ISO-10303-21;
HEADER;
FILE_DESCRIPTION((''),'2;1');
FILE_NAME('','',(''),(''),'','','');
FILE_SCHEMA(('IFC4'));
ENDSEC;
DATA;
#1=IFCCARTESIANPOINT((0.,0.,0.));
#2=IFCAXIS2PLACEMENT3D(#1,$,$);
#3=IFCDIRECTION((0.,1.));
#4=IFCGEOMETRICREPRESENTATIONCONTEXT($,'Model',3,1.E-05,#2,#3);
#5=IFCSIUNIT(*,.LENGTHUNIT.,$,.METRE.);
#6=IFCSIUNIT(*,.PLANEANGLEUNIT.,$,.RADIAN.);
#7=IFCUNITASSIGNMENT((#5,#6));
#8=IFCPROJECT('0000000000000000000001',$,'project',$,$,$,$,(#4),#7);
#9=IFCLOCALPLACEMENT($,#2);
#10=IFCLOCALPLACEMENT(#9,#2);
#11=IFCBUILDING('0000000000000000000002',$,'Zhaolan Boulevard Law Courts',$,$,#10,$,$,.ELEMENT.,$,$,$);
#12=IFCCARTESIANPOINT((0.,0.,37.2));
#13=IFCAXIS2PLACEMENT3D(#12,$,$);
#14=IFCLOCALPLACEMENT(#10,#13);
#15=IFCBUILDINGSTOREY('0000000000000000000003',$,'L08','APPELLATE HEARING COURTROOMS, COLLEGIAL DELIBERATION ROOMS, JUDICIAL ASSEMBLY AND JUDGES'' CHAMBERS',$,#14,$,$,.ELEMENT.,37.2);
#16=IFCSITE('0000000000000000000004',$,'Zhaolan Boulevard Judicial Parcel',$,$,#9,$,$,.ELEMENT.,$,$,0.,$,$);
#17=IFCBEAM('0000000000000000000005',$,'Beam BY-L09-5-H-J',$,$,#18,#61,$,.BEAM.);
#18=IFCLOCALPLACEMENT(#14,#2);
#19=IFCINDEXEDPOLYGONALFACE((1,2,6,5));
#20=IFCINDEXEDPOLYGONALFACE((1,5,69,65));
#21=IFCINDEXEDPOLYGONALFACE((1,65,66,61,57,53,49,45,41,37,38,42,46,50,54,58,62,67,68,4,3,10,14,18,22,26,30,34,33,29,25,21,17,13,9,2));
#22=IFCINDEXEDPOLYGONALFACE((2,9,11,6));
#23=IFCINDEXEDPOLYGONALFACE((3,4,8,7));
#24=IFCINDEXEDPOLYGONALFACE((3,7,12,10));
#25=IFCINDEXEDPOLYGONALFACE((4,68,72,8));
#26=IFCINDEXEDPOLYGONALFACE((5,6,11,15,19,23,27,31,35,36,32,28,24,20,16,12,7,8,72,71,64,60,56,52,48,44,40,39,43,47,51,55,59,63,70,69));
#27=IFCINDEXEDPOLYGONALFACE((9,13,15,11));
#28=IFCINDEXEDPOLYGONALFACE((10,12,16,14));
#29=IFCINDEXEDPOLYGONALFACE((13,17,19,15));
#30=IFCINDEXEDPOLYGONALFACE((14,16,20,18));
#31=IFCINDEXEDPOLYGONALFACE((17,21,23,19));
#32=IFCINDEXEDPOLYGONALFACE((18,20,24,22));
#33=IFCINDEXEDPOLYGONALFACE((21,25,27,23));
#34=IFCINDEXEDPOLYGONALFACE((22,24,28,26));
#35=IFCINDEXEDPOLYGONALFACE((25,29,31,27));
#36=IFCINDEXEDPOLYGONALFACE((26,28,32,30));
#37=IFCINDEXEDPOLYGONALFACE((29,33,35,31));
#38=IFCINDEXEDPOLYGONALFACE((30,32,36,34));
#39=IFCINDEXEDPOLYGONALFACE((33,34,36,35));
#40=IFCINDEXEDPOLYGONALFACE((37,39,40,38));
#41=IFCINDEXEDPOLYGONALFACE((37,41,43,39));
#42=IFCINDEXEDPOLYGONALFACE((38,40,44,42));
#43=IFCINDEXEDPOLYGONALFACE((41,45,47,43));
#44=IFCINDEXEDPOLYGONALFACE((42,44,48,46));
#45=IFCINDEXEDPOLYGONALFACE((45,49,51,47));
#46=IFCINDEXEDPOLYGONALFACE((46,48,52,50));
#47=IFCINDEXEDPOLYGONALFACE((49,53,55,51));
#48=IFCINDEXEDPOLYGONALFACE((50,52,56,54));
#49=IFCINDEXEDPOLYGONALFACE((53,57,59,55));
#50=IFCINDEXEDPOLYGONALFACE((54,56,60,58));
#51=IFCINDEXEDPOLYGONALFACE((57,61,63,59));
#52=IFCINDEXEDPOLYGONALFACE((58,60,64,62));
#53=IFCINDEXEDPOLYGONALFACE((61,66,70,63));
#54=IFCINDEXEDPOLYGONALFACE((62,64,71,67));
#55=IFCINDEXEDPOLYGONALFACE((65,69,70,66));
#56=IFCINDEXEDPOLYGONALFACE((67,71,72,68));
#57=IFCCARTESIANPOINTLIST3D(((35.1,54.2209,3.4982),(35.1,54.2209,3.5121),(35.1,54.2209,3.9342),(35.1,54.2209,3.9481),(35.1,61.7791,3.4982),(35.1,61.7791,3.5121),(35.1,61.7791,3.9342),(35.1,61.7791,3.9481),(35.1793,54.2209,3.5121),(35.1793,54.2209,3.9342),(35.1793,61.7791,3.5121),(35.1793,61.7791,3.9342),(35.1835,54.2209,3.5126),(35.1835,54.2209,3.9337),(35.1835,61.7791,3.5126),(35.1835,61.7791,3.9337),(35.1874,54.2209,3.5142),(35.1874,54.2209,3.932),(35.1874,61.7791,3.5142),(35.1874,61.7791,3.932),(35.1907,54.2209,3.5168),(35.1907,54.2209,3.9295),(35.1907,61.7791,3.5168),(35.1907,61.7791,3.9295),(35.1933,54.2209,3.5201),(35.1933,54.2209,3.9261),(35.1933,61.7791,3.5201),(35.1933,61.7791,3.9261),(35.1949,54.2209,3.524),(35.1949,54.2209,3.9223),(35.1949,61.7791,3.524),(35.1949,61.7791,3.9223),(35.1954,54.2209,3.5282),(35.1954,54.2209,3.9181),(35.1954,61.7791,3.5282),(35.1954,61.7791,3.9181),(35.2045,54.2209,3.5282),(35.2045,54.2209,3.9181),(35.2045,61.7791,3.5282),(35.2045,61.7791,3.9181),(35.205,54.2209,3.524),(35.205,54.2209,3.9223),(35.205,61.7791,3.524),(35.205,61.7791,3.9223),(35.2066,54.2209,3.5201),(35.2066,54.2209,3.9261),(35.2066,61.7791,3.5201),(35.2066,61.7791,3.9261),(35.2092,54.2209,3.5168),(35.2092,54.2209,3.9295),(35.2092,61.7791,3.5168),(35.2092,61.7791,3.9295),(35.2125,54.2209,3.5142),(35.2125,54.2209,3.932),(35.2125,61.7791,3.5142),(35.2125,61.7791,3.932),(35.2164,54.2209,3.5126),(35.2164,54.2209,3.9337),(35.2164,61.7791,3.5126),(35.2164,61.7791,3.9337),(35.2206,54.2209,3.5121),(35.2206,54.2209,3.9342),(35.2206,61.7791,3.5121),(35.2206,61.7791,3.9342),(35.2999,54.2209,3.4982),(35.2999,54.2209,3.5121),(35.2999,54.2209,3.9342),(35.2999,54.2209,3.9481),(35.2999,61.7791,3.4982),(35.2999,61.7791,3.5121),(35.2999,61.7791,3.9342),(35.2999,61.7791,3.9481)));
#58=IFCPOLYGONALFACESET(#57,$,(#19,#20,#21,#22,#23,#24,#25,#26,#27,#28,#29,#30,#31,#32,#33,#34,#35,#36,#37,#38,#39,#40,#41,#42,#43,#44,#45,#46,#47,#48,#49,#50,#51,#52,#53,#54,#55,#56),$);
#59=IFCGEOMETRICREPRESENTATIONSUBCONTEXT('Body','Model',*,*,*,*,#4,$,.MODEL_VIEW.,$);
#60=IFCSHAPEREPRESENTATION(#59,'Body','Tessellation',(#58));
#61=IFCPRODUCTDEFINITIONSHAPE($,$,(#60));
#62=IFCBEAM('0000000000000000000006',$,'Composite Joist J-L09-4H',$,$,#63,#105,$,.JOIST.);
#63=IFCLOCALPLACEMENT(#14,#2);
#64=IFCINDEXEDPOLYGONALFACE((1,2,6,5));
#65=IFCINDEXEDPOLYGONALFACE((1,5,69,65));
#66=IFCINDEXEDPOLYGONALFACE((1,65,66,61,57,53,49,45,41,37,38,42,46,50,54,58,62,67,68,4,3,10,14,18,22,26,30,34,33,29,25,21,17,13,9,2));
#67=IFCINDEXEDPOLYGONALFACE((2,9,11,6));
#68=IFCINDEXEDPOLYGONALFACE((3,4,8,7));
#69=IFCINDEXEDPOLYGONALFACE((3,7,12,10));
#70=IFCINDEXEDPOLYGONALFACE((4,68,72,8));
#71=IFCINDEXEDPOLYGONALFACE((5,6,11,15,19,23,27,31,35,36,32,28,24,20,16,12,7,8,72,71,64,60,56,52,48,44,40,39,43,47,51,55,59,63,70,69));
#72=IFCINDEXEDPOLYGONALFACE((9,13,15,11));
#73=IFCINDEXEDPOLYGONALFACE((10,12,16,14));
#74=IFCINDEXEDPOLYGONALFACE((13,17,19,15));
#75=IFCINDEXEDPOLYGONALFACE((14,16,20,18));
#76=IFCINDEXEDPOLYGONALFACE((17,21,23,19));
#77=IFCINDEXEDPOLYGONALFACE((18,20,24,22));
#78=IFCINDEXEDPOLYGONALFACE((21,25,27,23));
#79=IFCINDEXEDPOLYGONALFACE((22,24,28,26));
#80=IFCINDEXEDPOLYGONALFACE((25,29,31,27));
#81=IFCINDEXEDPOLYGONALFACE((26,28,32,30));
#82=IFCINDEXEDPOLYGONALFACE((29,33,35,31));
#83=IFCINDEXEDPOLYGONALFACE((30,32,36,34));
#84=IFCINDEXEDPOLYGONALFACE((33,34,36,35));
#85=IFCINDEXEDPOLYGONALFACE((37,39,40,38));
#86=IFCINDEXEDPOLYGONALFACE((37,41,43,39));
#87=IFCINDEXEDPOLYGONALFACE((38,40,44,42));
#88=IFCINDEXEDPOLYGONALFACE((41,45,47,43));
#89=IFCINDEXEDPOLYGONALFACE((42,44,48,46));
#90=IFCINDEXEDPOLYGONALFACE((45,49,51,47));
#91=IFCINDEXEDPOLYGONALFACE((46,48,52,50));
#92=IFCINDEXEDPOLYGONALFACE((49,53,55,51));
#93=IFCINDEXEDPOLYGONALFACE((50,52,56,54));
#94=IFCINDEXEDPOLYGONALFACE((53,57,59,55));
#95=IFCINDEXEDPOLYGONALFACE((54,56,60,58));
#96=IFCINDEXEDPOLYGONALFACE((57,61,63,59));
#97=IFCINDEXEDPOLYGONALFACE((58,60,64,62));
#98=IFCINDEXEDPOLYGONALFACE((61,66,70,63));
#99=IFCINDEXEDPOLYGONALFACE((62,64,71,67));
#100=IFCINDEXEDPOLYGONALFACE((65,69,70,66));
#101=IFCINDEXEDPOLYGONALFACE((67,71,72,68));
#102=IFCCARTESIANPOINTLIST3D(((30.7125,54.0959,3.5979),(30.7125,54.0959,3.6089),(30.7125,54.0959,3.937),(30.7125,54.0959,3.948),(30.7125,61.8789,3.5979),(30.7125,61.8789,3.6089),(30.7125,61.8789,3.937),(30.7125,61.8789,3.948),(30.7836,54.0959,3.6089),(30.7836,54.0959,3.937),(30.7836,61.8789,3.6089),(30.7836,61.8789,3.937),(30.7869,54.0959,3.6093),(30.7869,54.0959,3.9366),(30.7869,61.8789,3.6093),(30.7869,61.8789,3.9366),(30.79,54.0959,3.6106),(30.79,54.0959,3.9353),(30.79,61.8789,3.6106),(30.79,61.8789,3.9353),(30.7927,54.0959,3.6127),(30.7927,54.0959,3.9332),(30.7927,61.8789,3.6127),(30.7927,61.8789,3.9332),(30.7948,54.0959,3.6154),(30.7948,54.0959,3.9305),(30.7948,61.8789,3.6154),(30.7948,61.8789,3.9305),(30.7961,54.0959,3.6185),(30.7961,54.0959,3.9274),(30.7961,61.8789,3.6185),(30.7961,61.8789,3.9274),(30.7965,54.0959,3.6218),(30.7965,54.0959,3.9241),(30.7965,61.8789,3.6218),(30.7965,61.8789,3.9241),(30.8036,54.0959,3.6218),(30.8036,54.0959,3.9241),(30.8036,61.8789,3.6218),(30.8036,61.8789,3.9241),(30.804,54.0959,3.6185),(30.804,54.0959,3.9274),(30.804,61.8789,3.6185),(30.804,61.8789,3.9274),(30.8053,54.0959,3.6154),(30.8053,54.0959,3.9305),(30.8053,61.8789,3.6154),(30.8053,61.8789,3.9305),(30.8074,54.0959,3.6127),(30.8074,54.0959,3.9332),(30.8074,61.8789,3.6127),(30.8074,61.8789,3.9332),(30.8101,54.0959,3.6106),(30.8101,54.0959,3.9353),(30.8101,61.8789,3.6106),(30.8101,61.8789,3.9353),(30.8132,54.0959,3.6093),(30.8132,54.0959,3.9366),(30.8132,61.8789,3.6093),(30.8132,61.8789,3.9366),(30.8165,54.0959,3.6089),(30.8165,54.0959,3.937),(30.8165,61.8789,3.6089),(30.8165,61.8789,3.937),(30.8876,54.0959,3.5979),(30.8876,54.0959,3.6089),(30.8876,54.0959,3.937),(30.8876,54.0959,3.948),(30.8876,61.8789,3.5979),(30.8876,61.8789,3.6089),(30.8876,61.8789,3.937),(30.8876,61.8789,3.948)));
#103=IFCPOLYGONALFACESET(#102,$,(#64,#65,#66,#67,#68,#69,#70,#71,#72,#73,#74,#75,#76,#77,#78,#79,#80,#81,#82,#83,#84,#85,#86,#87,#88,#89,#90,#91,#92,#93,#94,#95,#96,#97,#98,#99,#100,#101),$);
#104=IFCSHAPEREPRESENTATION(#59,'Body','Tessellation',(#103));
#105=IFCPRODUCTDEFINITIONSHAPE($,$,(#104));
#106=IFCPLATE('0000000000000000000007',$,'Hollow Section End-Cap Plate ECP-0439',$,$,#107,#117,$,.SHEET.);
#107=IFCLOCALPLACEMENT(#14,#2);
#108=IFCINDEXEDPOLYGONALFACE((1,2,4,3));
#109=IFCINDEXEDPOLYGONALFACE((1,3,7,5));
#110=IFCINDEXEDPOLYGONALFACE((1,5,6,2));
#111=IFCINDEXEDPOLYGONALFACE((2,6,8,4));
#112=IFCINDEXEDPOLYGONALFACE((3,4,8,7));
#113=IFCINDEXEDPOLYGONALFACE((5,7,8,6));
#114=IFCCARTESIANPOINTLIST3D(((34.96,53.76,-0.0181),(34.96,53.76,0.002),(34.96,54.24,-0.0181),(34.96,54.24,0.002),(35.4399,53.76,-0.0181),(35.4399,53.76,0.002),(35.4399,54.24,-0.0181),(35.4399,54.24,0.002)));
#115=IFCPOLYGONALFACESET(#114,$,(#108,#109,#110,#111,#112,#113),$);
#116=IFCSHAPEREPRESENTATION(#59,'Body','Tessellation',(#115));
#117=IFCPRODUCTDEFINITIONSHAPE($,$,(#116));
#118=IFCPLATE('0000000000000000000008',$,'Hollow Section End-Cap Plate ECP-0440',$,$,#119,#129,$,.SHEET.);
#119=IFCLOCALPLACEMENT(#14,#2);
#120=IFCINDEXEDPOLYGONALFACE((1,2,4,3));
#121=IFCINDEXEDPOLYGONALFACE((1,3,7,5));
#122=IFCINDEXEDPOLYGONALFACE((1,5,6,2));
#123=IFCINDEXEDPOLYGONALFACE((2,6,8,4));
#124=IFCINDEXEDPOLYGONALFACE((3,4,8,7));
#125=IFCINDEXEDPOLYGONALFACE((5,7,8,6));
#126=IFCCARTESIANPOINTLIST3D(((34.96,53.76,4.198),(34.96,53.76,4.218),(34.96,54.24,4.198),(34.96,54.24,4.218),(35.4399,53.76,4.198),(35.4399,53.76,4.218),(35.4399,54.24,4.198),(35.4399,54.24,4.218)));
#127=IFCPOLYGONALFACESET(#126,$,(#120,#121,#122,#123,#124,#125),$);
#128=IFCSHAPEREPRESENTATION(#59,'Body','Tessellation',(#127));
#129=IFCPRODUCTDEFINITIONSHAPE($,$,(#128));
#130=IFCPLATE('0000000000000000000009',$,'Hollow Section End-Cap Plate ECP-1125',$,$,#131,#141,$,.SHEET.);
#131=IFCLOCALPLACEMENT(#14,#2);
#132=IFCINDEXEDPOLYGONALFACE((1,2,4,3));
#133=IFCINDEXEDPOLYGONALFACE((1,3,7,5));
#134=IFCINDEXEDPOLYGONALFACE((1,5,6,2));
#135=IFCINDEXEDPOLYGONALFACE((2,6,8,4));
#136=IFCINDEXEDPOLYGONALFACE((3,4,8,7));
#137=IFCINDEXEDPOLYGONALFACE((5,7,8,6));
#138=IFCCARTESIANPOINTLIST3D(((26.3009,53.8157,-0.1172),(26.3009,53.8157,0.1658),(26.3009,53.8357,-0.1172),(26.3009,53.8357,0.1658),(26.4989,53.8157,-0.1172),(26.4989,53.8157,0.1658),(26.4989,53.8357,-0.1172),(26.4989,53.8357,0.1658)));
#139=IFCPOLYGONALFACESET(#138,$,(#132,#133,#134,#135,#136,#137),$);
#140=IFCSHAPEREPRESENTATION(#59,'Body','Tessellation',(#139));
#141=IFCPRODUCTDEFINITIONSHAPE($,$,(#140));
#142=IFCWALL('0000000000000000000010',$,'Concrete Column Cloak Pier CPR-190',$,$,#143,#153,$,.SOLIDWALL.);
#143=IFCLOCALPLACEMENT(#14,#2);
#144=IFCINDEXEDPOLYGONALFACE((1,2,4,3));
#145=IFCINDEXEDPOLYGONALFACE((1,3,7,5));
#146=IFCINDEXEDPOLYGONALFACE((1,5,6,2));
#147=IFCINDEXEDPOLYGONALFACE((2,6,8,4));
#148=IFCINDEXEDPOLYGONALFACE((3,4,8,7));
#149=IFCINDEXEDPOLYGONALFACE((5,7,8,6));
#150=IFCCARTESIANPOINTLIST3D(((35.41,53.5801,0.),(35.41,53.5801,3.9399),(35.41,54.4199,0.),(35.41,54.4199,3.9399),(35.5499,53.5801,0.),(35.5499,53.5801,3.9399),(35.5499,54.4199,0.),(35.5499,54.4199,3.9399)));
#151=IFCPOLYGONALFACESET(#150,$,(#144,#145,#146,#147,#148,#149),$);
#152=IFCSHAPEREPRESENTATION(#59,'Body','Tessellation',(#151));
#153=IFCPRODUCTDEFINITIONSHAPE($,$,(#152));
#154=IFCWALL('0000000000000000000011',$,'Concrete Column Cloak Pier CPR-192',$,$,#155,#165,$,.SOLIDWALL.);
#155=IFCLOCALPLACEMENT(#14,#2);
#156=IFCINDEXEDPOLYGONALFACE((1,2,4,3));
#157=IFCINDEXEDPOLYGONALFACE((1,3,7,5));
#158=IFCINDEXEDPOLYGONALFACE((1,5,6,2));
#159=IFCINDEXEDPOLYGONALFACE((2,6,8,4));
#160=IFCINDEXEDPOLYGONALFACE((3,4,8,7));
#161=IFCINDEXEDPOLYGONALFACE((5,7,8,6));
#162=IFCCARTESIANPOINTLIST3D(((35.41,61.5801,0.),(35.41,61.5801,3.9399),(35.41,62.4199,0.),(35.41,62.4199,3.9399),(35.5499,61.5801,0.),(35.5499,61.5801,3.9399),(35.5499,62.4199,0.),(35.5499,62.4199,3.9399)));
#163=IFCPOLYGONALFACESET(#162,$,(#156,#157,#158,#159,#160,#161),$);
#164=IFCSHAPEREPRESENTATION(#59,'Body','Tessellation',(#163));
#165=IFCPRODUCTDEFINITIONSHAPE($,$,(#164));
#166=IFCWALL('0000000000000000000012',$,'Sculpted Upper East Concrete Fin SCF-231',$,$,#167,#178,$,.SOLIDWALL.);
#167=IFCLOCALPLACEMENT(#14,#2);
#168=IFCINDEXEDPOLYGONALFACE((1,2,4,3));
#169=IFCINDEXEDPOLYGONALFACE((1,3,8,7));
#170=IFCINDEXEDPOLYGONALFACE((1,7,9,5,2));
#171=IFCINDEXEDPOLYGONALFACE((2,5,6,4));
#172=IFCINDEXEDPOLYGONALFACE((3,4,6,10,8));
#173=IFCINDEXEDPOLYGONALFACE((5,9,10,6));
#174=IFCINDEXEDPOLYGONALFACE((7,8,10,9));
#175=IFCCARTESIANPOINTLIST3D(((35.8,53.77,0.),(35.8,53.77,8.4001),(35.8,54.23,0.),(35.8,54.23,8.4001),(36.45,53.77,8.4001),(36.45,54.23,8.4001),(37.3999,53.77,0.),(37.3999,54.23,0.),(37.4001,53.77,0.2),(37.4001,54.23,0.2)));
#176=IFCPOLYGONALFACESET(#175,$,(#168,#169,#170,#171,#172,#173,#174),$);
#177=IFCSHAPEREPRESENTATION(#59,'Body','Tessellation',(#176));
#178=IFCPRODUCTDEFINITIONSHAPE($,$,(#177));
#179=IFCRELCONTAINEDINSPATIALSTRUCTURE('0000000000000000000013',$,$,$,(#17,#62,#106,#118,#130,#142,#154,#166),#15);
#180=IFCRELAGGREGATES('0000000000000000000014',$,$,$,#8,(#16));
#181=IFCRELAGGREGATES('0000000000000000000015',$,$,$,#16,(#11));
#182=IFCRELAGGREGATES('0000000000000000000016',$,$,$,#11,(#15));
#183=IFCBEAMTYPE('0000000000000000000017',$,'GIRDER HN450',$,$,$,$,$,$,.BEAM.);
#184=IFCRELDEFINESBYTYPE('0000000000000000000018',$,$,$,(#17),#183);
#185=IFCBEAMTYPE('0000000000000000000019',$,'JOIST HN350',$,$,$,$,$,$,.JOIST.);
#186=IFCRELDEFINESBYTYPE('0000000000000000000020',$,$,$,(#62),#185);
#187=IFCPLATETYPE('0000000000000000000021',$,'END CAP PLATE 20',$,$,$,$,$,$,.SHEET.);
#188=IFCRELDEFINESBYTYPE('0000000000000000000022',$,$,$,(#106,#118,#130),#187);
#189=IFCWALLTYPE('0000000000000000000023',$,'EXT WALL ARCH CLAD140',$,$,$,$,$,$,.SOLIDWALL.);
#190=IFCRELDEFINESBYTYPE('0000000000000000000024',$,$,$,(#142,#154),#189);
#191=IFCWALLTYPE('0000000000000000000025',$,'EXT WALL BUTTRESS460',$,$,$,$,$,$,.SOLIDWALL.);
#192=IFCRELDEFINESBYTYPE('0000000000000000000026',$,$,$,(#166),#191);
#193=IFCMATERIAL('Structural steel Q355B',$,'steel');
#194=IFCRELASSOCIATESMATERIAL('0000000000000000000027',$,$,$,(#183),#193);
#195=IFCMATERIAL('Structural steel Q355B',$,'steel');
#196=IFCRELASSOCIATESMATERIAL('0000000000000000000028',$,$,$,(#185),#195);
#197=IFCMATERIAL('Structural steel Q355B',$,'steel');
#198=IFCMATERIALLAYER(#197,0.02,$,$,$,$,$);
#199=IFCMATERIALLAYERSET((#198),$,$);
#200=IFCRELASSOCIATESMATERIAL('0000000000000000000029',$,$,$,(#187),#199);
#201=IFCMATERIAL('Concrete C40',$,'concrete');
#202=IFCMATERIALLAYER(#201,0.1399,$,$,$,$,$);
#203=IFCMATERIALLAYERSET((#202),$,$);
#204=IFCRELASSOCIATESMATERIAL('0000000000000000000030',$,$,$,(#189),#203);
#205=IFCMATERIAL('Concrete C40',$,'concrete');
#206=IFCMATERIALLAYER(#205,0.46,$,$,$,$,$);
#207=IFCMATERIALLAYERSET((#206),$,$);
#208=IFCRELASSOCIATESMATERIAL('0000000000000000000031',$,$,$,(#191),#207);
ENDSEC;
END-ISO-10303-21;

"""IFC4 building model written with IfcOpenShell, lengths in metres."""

from ifc_helpers import new_model, si_unit, direction, frame, frame_2d, origin, origin_2d, place, context, subcontext, project, spatial, polyline, rectangle, i_section, outline, extrude, material, layer, layer_set, material_profile, profile_set, type_object, element, save


model = new_model("IFC4")

# Units and contexts
model_context = context("Model", 3, precision=1e-05, world=origin(), true_north=direction((0.0, 1.0)))
body_context = subcontext(model_context, "Body", "Model", "MODEL_VIEW")
ifc_project = project(units=[si_unit("LENGTHUNIT", "METRE"), si_unit("PLANEANGLEUNIT", "RADIAN")], contexts=[model_context])

# Site, building, storey
site_placement = place(None, origin())
site = spatial("IfcSite", under=ifc_project, at=site_placement, Name="Zhaolan Boulevard Judicial Parcel", CompositionType="ELEMENT", RefElevation=0.0)
building_placement = place(site_placement, origin())
building = spatial("IfcBuilding", under=site, at=building_placement, Name="Zhaolan Boulevard Law Courts", CompositionType="ELEMENT")
storey_placement = place(building_placement, frame((0.0, 0.0, 37.2)))
storey = spatial("IfcBuildingStorey", under=building, at=storey_placement, Name="L08", Description="APPELLATE HEARING COURTROOMS, COLLEGIAL DELIBERATION ROOMS, JUDICIAL ASSEMBLY AND JUDGES' CHAMBERS", CompositionType="ELEMENT", Elevation=37.2)

# Beams
ifc_material_1 = material(Name="Structural steel Q355B", Category="steel")
ifc_material_profile_1 = material_profile(ifc_material_1, i_section(OverallWidth=0.2, OverallDepth=0.45, WebThickness=0.009, FlangeThickness=0.0139, FilletRadius=0.0161, at=origin_2d()), Name="HN450x200")
ifc_profile_set_1 = profile_set([ifc_material_profile_1], Name="Structural steel Q355B")
beam_type_1 = type_object("IfcBeamType", Name="GIRDER HN450", PredefinedType="BEAM", material=ifc_profile_set_1)
beam_1_placement = place(storey_placement, frame((35.2, 54.2209, 3.7231), z_axis=(0.0, 1.0, 0.0), x_axis=(-1.0, 0.0, 0.0)))
element("IfcBeam", 1, at=beam_1_placement, inside=storey, type_object=beam_type_1, Name="Beam BY-L09-5-H-J", PredefinedType="BEAM", context=body_context, shape_type="SweptSolid", body=[
    extrude(i_section(OverallWidth=0.2, OverallDepth=0.45, WebThickness=0.009, FlangeThickness=0.0139, FilletRadius=0.0161, at=origin_2d()), origin(), (0.0, 0.0, 1.0), 7.5581),
])
ifc_material_2 = material(Name="Structural steel Q355B", Category="steel")
ifc_material_profile_2 = material_profile(ifc_material_2, i_section(OverallWidth=0.175, OverallDepth=0.3501, WebThickness=0.0071, FlangeThickness=0.011, FilletRadius=0.0129, at=origin_2d()), Name="HN350x175")
ifc_profile_set_2 = profile_set([ifc_material_profile_2], Name="Structural steel Q355B")
beam_type_2 = type_object("IfcBeamType", Name="JOIST HN350", PredefinedType="JOIST", material=ifc_profile_set_2)
beam_2_placement = place(storey_placement, frame((30.8, 54.0959, 3.7729), z_axis=(0.0, 1.0, 0.0), x_axis=(-1.0, 0.0, 0.0)))
element("IfcBeam", 2, at=beam_2_placement, inside=storey, type_object=beam_type_2, Name="Composite Joist J-L09-4H", PredefinedType="JOIST", context=body_context, shape_type="SweptSolid", body=[
    extrude(i_section(OverallWidth=0.175, OverallDepth=0.3501, WebThickness=0.0071, FlangeThickness=0.011, FilletRadius=0.0129, at=origin_2d()), origin(), (0.0, 0.0, 1.0), 7.783),
])

# Plates
ifc_material_3 = material(Name="Structural steel Q355B", Category="steel")
ifc_layer_1 = layer(ifc_material_3, 0.02)
ifc_layer_set_1 = layer_set([ifc_layer_1])
plate_type = type_object("IfcPlateType", Name="END CAP PLATE 20", PredefinedType="SHEET", material=ifc_layer_set_1)
for number, where, z_axis, x_axis, name in (
    (3, (35.2, 54.0, -0.0181), (0.0, 0.0, 1.0), (1.0, 0.0, 0.0), "Hollow Section End-Cap Plate ECP-0439"),
    (4, (35.2, 54.0, 4.198), (0.0, 0.0, 1.0), (1.0, 0.0, 0.0), "Hollow Section End-Cap Plate ECP-0440"),
):
    element("IfcPlate", number, at=place(storey_placement, frame(where, z_axis=z_axis, x_axis=x_axis)), inside=storey, type_object=plate_type, Name=name, PredefinedType="SHEET", context=body_context, shape_type="SweptSolid", body=[
        extrude(rectangle(XDim=0.48, YDim=0.48, at=origin_2d()), origin(), (0.0, 0.0, 1.0), 0.02),
    ])
plate_placement = place(storey_placement, frame((26.3999, 53.8257, -0.1172), z_axis=(0.0, 0.0, 1.0), x_axis=(0.0, -1.0, 0.0)))
element("IfcPlate", 5, at=plate_placement, inside=storey, type_object=plate_type, Name="Hollow Section End-Cap Plate ECP-1125", PredefinedType="SHEET", context=body_context, shape_type="SweptSolid", body=[
    extrude(rectangle(XDim=0.02, YDim=0.198, at=origin_2d()), origin(), (0.0, 0.0, 1.0), 0.283),
])

# Walls
ifc_material_4 = material(Name="Concrete C40", Category="concrete")
ifc_layer_2 = layer(ifc_material_4, 0.1399)
ifc_layer_set_2 = layer_set([ifc_layer_2])
wall_type_1 = type_object("IfcWallType", Name="EXT WALL ARCH CLAD140", PredefinedType="SOLIDWALL", material=ifc_layer_set_2)
for number, where, z_axis, x_axis, name in (
    (6, (35.48, 53.5801, 0.0), (0.0, 0.0, 1.0), (0.0, 1.0, 0.0), "Concrete Column Cloak Pier CPR-190"),
    (7, (35.48, 61.5801, 0.0), (0.0, 0.0, 1.0), (0.0, 1.0, 0.0), "Concrete Column Cloak Pier CPR-192"),
):
    element("IfcWall", number, at=place(storey_placement, frame(where, z_axis=z_axis, x_axis=x_axis)), inside=storey, type_object=wall_type_1, Name=name, PredefinedType="SOLIDWALL", context=body_context, shape_type="SweptSolid", body=[
        extrude(rectangle(XDim=0.8398, YDim=0.1399, at=frame_2d((0.4199, 0.0))), origin(), (0.0, 0.0, 1.0), 3.9399),
    ])
ifc_material_5 = material(Name="Concrete C40", Category="concrete")
ifc_layer_3 = layer(ifc_material_5, 0.46)
ifc_layer_set_3 = layer_set([ifc_layer_3])
wall_type_2 = type_object("IfcWallType", Name="EXT WALL BUTTRESS460", PredefinedType="SOLIDWALL", material=ifc_layer_set_3)
wall_1_placement = place(storey_placement, frame((35.8, 54.0, 0.0), z_axis=(0.0, 0.0, 1.0), x_axis=(1.0, 0.0, 0.0)))
element("IfcWall", 8, at=wall_1_placement, inside=storey, type_object=wall_type_2, Name="Sculpted Upper East Concrete Fin SCF-231", PredefinedType="SOLIDWALL", context=body_context, shape_type="SweptSolid", body=[
    extrude(outline(polyline([(0.0, 0.0), (1.5999, 0.0), (1.6001, 0.2), (0.6499, 8.4001), (0.0, 8.4001), (0.0, 0.0)])), frame((0.0, 0.23, 0.0), z_axis=(0.0, -1.0, 0.0), x_axis=(1.0, 0.0, 0.0)), (0.0, 0.0, 1.0), 0.46),
])

save(model, "model.ifc")
